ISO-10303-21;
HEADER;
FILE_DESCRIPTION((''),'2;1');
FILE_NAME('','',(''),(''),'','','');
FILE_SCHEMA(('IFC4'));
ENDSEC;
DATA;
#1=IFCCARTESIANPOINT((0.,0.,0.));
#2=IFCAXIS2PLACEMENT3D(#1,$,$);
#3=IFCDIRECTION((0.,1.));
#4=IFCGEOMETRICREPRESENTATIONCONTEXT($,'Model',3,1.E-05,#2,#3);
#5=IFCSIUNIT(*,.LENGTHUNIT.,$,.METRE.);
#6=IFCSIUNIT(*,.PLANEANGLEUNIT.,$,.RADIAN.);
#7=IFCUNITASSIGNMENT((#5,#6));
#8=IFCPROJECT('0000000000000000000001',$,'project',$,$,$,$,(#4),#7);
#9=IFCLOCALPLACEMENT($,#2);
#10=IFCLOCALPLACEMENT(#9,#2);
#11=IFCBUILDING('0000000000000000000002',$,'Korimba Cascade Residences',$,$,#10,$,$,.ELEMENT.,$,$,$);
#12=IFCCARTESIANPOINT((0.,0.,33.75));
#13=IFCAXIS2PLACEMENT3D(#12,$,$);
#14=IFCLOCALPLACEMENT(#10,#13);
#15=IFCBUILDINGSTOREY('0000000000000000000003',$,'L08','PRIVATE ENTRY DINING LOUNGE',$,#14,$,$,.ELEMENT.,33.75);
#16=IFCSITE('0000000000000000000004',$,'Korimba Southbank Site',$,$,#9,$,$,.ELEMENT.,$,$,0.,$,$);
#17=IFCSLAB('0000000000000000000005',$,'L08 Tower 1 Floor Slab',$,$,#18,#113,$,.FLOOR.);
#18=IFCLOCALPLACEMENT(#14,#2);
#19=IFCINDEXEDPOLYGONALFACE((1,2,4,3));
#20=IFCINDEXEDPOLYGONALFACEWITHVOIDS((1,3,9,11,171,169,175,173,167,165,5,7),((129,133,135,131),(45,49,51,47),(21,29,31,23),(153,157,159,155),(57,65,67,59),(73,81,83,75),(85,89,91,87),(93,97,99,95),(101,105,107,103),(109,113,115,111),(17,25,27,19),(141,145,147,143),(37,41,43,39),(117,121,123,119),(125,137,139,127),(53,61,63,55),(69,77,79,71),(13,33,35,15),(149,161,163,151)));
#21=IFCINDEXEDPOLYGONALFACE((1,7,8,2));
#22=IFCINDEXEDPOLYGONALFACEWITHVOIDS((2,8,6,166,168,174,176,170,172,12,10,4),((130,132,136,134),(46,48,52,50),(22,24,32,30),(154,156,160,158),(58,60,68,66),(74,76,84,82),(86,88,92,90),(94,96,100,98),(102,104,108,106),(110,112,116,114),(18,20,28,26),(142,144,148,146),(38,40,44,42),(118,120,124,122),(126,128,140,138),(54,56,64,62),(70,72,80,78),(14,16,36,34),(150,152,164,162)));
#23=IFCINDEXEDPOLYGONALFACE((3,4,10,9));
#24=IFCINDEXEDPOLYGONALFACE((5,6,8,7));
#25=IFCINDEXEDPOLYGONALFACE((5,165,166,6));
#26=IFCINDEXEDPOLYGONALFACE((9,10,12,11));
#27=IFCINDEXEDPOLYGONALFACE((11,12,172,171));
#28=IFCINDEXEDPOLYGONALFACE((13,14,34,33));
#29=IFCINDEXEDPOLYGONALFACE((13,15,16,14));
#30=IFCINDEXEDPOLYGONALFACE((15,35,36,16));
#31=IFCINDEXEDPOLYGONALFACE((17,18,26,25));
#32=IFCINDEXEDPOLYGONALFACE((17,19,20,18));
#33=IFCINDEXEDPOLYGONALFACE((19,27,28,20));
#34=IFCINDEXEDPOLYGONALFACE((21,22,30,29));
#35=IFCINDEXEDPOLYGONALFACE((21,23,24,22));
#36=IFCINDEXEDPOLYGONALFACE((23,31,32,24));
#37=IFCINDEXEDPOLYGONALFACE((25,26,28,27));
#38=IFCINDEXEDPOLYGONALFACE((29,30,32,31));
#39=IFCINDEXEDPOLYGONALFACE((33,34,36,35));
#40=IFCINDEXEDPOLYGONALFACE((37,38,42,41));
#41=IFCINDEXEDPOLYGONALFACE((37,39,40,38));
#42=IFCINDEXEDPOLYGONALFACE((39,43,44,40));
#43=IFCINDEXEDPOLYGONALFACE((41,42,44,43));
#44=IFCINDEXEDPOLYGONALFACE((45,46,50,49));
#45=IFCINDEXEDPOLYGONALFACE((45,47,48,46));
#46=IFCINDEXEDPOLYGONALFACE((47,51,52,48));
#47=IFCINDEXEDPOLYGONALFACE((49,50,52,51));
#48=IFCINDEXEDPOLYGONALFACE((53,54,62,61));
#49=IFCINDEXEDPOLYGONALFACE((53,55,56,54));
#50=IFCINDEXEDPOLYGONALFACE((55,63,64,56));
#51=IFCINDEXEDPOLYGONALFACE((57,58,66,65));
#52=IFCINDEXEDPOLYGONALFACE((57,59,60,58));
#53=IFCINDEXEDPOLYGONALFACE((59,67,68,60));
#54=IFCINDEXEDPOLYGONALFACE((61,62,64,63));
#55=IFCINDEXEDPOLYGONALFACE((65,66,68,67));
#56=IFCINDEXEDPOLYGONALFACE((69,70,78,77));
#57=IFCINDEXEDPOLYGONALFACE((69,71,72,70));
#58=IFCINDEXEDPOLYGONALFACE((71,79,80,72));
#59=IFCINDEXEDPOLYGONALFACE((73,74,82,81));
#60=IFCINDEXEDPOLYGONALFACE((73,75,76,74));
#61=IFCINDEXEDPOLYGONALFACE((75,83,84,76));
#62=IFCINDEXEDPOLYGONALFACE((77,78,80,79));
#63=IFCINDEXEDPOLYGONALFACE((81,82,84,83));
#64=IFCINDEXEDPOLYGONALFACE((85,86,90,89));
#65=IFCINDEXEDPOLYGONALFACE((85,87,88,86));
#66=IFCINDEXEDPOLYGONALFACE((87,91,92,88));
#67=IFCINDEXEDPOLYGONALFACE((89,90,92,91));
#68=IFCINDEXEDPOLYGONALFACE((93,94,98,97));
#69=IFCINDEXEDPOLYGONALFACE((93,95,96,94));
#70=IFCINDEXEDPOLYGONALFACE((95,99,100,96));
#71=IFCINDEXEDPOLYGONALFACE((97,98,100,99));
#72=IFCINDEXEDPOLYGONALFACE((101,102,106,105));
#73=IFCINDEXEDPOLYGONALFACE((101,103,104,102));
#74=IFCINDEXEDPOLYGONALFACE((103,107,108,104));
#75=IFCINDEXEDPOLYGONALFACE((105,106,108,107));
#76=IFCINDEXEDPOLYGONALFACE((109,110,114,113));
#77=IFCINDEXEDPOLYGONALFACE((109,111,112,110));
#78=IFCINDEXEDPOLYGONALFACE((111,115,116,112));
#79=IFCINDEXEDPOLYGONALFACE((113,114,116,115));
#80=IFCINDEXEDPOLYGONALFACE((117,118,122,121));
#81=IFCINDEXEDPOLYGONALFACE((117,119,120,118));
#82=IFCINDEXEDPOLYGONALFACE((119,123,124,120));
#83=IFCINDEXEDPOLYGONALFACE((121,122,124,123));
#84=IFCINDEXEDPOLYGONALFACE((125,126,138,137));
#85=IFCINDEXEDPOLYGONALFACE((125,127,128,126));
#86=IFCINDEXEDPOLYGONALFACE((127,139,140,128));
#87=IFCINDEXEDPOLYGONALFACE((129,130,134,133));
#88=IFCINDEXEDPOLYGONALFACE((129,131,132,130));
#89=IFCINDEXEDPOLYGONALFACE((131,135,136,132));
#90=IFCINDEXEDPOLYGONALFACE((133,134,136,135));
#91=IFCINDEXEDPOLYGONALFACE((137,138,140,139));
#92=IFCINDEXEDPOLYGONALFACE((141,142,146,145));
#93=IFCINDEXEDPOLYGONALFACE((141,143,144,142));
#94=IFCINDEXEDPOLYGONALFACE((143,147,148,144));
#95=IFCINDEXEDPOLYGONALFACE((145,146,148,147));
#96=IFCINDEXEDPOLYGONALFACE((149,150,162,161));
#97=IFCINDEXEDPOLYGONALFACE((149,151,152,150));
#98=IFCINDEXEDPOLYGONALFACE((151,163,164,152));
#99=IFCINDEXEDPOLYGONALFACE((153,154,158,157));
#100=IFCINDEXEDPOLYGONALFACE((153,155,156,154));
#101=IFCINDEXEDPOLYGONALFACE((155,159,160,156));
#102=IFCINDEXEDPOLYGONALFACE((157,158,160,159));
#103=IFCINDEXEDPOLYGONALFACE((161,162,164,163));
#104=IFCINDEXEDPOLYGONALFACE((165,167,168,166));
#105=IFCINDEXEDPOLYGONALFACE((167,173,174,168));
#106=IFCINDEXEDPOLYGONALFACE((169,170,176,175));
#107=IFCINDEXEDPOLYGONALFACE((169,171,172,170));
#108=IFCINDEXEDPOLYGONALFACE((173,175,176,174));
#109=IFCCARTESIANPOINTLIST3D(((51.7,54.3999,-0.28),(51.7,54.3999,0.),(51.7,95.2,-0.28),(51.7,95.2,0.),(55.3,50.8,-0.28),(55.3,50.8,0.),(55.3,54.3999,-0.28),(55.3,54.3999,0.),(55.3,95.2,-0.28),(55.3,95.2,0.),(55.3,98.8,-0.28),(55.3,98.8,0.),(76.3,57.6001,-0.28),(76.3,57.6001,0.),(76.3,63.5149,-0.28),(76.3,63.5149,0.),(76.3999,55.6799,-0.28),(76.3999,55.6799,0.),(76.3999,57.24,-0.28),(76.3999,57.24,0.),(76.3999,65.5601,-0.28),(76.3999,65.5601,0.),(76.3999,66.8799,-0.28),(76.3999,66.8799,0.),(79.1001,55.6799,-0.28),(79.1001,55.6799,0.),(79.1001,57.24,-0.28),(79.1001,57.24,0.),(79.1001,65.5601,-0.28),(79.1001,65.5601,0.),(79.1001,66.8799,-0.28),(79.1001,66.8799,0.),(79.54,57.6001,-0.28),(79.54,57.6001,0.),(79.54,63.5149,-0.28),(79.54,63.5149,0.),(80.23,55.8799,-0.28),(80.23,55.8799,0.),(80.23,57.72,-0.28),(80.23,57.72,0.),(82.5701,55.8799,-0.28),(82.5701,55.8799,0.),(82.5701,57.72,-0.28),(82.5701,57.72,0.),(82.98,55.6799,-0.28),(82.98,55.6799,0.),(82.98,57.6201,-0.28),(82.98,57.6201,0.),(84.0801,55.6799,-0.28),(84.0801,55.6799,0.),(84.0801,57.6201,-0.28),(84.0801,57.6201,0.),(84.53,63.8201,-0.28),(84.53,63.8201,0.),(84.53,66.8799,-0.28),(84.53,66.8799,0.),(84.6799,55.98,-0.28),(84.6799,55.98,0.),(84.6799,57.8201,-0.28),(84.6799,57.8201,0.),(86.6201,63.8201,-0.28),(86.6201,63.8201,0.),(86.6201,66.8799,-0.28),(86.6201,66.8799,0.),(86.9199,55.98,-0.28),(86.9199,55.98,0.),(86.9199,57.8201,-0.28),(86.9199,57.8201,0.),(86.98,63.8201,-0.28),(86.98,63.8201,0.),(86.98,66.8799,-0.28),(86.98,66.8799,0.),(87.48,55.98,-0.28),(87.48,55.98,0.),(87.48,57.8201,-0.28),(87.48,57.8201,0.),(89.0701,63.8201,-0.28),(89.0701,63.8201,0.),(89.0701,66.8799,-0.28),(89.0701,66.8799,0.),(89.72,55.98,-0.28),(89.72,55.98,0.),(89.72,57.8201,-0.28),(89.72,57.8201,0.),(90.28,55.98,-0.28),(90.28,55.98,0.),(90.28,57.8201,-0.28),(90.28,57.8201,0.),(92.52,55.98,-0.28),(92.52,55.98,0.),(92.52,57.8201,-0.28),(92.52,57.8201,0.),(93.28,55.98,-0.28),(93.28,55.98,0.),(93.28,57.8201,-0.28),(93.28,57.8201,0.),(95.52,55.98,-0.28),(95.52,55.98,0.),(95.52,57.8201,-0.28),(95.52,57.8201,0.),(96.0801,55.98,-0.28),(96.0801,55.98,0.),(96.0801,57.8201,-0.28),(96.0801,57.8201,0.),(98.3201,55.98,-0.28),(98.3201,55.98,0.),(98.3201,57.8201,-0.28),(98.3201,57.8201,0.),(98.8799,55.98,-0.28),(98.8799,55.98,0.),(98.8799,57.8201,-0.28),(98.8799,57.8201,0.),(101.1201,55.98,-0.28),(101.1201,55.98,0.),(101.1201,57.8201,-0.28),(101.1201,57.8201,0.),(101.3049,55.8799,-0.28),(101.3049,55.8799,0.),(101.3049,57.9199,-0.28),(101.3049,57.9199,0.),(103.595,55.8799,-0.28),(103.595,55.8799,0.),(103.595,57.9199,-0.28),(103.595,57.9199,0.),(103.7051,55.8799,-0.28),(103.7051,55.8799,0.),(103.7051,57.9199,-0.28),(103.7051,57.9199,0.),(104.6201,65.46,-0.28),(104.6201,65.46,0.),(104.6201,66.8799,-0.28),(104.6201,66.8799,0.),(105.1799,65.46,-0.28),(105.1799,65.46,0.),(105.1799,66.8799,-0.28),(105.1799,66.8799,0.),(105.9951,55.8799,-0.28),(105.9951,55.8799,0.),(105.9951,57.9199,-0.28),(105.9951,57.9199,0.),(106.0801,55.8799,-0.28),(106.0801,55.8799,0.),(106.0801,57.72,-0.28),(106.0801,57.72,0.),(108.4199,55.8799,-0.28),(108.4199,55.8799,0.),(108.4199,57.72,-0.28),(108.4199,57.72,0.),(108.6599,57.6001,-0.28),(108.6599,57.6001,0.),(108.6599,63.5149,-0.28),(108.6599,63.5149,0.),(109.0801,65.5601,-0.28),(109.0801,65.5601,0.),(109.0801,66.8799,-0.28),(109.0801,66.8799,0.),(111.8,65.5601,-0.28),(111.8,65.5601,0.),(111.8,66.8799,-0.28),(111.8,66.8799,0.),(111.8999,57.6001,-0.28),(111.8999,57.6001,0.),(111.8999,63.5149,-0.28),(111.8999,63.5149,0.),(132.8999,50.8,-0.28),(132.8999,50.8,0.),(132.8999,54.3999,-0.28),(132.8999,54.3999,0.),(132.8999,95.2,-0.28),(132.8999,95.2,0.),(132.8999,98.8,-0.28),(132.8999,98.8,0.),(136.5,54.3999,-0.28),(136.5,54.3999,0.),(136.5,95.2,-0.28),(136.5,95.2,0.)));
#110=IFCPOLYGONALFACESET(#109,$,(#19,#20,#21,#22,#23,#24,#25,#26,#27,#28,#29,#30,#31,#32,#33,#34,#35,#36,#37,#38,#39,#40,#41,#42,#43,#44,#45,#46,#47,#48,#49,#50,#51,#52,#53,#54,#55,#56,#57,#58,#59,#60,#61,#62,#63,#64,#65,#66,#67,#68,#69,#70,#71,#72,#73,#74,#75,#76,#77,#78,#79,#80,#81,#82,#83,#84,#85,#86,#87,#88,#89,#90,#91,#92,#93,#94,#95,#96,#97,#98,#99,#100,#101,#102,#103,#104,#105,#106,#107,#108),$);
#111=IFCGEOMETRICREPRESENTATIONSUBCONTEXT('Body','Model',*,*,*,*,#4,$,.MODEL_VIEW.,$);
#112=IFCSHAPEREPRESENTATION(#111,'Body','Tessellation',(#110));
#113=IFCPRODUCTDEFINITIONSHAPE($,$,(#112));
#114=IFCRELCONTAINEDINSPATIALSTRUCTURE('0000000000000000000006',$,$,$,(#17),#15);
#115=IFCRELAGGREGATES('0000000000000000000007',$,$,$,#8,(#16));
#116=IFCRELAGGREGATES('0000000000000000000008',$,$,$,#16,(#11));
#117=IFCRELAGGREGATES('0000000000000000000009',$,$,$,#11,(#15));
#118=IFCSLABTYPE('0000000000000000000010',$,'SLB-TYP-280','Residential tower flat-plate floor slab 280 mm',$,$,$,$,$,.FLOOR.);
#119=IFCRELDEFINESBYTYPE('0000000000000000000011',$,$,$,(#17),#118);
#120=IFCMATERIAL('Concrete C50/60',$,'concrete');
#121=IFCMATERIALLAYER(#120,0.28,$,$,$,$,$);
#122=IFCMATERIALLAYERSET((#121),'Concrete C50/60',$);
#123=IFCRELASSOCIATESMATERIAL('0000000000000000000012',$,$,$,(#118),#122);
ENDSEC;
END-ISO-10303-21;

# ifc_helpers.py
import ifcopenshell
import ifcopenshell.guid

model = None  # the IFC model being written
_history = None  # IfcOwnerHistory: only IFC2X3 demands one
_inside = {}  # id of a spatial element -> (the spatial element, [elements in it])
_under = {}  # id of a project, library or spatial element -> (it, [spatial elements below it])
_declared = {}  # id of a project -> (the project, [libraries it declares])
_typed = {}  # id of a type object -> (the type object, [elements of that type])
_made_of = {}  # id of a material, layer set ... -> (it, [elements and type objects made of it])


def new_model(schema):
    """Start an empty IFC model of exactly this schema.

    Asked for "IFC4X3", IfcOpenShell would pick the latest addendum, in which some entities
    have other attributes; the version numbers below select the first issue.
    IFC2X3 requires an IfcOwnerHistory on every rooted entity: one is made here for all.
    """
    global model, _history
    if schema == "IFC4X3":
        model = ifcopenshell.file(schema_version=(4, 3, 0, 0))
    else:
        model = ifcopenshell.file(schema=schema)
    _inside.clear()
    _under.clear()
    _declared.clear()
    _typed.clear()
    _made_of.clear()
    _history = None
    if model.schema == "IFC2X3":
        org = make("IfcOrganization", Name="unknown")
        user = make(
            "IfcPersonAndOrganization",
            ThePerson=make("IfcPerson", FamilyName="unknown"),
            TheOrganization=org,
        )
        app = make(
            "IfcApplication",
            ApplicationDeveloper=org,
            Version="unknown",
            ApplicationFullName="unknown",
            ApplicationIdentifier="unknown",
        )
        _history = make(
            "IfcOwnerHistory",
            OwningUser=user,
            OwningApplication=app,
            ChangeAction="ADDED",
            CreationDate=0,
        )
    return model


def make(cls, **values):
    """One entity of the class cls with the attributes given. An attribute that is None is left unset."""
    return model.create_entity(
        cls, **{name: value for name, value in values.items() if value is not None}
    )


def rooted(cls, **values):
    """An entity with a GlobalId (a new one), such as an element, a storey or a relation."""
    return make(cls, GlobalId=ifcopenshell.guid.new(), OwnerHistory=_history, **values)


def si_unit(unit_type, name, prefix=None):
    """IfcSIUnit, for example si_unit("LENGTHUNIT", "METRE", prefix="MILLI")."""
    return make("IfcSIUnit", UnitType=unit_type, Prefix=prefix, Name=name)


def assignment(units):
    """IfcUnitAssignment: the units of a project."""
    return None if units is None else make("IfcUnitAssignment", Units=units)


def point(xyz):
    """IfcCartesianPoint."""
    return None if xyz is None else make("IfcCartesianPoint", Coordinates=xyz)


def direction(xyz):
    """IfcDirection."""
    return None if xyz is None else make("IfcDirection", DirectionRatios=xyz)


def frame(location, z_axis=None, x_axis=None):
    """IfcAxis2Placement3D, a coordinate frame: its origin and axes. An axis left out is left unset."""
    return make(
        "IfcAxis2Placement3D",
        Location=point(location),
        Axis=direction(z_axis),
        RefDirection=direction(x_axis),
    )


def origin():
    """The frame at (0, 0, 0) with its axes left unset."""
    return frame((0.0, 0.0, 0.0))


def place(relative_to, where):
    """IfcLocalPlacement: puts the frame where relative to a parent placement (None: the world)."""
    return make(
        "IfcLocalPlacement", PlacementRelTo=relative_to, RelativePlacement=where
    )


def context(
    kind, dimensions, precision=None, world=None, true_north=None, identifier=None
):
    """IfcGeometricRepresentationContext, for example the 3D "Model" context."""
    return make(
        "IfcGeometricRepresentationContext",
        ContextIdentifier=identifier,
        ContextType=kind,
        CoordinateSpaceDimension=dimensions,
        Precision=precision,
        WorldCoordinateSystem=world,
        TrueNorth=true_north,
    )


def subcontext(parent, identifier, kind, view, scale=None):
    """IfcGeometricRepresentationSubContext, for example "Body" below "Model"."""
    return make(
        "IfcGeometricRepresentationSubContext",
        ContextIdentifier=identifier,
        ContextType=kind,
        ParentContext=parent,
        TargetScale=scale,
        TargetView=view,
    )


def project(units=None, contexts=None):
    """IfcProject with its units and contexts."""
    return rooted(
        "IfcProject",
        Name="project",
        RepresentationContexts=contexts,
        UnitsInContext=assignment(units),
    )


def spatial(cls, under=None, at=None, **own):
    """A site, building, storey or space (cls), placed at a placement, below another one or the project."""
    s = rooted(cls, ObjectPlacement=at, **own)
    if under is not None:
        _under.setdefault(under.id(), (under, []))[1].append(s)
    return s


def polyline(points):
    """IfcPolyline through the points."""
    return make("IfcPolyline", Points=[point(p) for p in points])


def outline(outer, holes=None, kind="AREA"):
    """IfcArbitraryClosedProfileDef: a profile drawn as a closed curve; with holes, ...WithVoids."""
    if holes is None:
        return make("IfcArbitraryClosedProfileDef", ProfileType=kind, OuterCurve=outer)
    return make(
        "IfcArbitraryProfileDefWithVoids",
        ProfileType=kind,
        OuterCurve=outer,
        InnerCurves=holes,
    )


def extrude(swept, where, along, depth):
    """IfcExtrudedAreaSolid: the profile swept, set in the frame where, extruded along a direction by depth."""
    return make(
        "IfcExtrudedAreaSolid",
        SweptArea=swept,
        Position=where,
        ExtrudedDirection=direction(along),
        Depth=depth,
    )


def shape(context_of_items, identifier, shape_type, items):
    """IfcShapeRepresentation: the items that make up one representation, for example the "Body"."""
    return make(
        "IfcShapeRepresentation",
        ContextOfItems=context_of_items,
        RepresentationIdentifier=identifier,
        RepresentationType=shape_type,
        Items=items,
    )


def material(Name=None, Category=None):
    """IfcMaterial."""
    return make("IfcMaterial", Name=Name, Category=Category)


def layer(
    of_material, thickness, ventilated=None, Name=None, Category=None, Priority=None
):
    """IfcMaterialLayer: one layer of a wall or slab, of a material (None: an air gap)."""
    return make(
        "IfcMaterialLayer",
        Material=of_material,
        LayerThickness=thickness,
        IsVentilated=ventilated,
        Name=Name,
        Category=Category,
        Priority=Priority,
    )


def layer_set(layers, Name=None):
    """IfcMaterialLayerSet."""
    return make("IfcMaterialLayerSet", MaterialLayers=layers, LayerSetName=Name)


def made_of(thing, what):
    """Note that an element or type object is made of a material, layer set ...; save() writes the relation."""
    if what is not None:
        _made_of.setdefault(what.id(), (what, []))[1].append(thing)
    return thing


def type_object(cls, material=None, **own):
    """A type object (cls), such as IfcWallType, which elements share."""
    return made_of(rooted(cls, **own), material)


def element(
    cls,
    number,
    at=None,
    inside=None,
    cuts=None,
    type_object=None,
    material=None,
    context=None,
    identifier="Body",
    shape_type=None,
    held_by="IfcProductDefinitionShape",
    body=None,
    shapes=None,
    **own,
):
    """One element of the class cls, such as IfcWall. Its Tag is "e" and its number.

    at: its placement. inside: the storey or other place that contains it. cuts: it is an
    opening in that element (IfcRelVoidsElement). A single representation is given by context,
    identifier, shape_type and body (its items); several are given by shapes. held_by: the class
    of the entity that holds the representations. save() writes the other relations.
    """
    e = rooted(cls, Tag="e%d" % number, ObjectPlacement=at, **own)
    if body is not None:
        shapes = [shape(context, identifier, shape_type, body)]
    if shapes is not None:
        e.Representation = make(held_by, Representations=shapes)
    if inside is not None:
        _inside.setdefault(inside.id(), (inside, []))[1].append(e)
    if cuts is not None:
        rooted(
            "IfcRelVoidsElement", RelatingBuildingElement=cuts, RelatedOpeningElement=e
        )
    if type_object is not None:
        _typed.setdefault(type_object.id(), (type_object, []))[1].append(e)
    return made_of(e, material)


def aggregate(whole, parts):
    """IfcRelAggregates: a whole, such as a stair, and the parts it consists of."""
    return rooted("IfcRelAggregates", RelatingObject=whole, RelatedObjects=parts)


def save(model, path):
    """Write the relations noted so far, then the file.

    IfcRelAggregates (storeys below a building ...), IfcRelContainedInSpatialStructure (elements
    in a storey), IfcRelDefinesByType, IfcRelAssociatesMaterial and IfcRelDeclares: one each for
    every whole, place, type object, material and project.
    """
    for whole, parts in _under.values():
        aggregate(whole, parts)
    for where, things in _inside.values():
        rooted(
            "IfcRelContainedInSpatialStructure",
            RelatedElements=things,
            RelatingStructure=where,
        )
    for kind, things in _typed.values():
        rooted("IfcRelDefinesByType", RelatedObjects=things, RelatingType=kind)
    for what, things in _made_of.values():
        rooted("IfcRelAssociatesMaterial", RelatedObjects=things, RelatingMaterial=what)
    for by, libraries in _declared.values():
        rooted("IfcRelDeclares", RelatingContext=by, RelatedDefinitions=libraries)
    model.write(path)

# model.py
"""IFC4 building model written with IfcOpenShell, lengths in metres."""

from ifc_helpers import new_model, si_unit, direction, frame, origin, place, context, subcontext, project, spatial, polyline, outline, extrude, material, layer, layer_set, type_object, element, save


model = new_model("IFC4")

# Units and contexts
model_context = context("Model", 3, precision=1e-05, world=origin(), true_north=direction((0.0, 1.0)))
body_context = subcontext(model_context, "Body", "Model", "MODEL_VIEW")
ifc_project = project(units=[si_unit("LENGTHUNIT", "METRE"), si_unit("PLANEANGLEUNIT", "RADIAN")], contexts=[model_context])

# Site, building, storey
site_placement = place(None, origin())
site = spatial("IfcSite", under=ifc_project, at=site_placement, Name="Korimba Southbank Site", CompositionType="ELEMENT", RefElevation=0.0)
building_placement = place(site_placement, origin())
building = spatial("IfcBuilding", under=site, at=building_placement, Name="Korimba Cascade Residences", CompositionType="ELEMENT")
storey_placement = place(building_placement, frame((0.0, 0.0, 33.75)))
storey = spatial("IfcBuildingStorey", under=building, at=storey_placement, Name="L08", Description="PRIVATE ENTRY DINING LOUNGE", CompositionType="ELEMENT", Elevation=33.75)

# Shared definitions
ifc_material_1 = material(Name="Concrete C50/60", Category="concrete")

# Slab
ifc_layer_1 = layer(ifc_material_1, 0.28)
ifc_layer_set_1 = layer_set([ifc_layer_1], Name="Concrete C50/60")
slab_type_1 = type_object("IfcSlabType", Name="SLB-TYP-280", Description="Residential tower flat-plate floor slab 280 mm", PredefinedType="FLOOR", material=ifc_layer_set_1)
slab_1_placement = place(storey_placement, frame((0.0, 0.0, -0.28)))
element("IfcSlab", 1, at=slab_1_placement, inside=storey, type_object=slab_type_1, Name="L08 Tower 1 Floor Slab", PredefinedType="FLOOR", context=body_context, shape_type="SweptSolid", body=[
    extrude(outline(polyline([(55.3, 50.8), (132.8999, 50.8), (132.8999, 54.3999), (136.5, 54.3999), (136.5, 95.2), (132.8999, 95.2), (132.8999, 98.8), (55.3, 98.8), (55.3, 95.2), (51.7, 95.2), (51.7, 54.3999), (55.3, 54.3999), (55.3, 50.8)]), holes=[polyline([(76.3, 63.5149), (76.3, 57.6001), (79.54, 57.6001), (79.54, 63.5149), (76.3, 63.5149)]), polyline([(108.6599, 63.5149), (108.6599, 57.6001), (111.8999, 57.6001), (111.8999, 63.5149), (108.6599, 63.5149)]), polyline([(80.23, 55.8799), (82.5701, 55.8799), (82.5701, 57.72), (80.23, 57.72), (80.23, 55.8799)]), polyline([(106.0801, 55.8799), (108.4199, 55.8799), (108.4199, 57.72), (106.0801, 57.72), (106.0801, 55.8799)]), polyline([(84.6799, 55.98), (86.9199, 55.98), (86.9199, 57.8201), (84.6799, 57.8201), (84.6799, 55.98)]), polyline([(87.48, 55.98), (89.72, 55.98), (89.72, 57.8201), (87.48, 57.8201), (87.48, 55.98)]), polyline([(90.28, 55.98), (92.52, 55.98), (92.52, 57.8201), (90.28, 57.8201), (90.28, 55.98)]), polyline([(93.28, 55.98), (95.52, 55.98), (95.52, 57.8201), (93.28, 57.8201), (93.28, 55.98)]), polyline([(96.0801, 55.98), (98.3201, 55.98), (98.3201, 57.8201), (96.0801, 57.8201), (96.0801, 55.98)]), polyline([(98.8799, 55.98), (101.1201, 55.98), (101.1201, 57.8201), (98.8799, 57.8201), (98.8799, 55.98)]), polyline([(101.3049, 55.8799), (103.595, 55.8799), (103.595, 57.9199), (101.3049, 57.9199), (101.3049, 55.8799)]), polyline([(103.7051, 55.8799), (105.9951, 55.8799), (105.9951, 57.9199), (103.7051, 57.9199), (103.7051, 55.8799)]), polyline([(82.98, 55.6799), (84.0801, 55.6799), (84.0801, 57.6201), (82.98, 57.6201), (82.98, 55.6799)]), polyline([(76.3999, 65.5601), (79.1001, 65.5601), (79.1001, 66.8799), (76.3999, 66.8799), (76.3999, 65.5601)]), polyline([(76.3999, 55.6799), (79.1001, 55.6799), (79.1001, 57.24), (76.3999, 57.24), (76.3999, 55.6799)]), polyline([(84.53, 63.8201), (86.6201, 63.8201), (86.6201, 66.8799), (84.53, 66.8799), (84.53, 63.8201)]), polyline([(86.98, 63.8201), (89.0701, 63.8201), (89.0701, 66.8799), (86.98, 66.8799), (86.98, 63.8201)]), polyline([(104.6201, 65.46), (105.1799, 65.46), (105.1799, 66.8799), (104.6201, 66.8799), (104.6201, 65.46)]), polyline([(109.0801, 65.5601), (111.8, 65.5601), (111.8, 66.8799), (109.0801, 66.8799), (109.0801, 65.5601)])]), origin(), (0.0, 0.0, 1.0), 0.28),
])

save(model, "model.ifc")
